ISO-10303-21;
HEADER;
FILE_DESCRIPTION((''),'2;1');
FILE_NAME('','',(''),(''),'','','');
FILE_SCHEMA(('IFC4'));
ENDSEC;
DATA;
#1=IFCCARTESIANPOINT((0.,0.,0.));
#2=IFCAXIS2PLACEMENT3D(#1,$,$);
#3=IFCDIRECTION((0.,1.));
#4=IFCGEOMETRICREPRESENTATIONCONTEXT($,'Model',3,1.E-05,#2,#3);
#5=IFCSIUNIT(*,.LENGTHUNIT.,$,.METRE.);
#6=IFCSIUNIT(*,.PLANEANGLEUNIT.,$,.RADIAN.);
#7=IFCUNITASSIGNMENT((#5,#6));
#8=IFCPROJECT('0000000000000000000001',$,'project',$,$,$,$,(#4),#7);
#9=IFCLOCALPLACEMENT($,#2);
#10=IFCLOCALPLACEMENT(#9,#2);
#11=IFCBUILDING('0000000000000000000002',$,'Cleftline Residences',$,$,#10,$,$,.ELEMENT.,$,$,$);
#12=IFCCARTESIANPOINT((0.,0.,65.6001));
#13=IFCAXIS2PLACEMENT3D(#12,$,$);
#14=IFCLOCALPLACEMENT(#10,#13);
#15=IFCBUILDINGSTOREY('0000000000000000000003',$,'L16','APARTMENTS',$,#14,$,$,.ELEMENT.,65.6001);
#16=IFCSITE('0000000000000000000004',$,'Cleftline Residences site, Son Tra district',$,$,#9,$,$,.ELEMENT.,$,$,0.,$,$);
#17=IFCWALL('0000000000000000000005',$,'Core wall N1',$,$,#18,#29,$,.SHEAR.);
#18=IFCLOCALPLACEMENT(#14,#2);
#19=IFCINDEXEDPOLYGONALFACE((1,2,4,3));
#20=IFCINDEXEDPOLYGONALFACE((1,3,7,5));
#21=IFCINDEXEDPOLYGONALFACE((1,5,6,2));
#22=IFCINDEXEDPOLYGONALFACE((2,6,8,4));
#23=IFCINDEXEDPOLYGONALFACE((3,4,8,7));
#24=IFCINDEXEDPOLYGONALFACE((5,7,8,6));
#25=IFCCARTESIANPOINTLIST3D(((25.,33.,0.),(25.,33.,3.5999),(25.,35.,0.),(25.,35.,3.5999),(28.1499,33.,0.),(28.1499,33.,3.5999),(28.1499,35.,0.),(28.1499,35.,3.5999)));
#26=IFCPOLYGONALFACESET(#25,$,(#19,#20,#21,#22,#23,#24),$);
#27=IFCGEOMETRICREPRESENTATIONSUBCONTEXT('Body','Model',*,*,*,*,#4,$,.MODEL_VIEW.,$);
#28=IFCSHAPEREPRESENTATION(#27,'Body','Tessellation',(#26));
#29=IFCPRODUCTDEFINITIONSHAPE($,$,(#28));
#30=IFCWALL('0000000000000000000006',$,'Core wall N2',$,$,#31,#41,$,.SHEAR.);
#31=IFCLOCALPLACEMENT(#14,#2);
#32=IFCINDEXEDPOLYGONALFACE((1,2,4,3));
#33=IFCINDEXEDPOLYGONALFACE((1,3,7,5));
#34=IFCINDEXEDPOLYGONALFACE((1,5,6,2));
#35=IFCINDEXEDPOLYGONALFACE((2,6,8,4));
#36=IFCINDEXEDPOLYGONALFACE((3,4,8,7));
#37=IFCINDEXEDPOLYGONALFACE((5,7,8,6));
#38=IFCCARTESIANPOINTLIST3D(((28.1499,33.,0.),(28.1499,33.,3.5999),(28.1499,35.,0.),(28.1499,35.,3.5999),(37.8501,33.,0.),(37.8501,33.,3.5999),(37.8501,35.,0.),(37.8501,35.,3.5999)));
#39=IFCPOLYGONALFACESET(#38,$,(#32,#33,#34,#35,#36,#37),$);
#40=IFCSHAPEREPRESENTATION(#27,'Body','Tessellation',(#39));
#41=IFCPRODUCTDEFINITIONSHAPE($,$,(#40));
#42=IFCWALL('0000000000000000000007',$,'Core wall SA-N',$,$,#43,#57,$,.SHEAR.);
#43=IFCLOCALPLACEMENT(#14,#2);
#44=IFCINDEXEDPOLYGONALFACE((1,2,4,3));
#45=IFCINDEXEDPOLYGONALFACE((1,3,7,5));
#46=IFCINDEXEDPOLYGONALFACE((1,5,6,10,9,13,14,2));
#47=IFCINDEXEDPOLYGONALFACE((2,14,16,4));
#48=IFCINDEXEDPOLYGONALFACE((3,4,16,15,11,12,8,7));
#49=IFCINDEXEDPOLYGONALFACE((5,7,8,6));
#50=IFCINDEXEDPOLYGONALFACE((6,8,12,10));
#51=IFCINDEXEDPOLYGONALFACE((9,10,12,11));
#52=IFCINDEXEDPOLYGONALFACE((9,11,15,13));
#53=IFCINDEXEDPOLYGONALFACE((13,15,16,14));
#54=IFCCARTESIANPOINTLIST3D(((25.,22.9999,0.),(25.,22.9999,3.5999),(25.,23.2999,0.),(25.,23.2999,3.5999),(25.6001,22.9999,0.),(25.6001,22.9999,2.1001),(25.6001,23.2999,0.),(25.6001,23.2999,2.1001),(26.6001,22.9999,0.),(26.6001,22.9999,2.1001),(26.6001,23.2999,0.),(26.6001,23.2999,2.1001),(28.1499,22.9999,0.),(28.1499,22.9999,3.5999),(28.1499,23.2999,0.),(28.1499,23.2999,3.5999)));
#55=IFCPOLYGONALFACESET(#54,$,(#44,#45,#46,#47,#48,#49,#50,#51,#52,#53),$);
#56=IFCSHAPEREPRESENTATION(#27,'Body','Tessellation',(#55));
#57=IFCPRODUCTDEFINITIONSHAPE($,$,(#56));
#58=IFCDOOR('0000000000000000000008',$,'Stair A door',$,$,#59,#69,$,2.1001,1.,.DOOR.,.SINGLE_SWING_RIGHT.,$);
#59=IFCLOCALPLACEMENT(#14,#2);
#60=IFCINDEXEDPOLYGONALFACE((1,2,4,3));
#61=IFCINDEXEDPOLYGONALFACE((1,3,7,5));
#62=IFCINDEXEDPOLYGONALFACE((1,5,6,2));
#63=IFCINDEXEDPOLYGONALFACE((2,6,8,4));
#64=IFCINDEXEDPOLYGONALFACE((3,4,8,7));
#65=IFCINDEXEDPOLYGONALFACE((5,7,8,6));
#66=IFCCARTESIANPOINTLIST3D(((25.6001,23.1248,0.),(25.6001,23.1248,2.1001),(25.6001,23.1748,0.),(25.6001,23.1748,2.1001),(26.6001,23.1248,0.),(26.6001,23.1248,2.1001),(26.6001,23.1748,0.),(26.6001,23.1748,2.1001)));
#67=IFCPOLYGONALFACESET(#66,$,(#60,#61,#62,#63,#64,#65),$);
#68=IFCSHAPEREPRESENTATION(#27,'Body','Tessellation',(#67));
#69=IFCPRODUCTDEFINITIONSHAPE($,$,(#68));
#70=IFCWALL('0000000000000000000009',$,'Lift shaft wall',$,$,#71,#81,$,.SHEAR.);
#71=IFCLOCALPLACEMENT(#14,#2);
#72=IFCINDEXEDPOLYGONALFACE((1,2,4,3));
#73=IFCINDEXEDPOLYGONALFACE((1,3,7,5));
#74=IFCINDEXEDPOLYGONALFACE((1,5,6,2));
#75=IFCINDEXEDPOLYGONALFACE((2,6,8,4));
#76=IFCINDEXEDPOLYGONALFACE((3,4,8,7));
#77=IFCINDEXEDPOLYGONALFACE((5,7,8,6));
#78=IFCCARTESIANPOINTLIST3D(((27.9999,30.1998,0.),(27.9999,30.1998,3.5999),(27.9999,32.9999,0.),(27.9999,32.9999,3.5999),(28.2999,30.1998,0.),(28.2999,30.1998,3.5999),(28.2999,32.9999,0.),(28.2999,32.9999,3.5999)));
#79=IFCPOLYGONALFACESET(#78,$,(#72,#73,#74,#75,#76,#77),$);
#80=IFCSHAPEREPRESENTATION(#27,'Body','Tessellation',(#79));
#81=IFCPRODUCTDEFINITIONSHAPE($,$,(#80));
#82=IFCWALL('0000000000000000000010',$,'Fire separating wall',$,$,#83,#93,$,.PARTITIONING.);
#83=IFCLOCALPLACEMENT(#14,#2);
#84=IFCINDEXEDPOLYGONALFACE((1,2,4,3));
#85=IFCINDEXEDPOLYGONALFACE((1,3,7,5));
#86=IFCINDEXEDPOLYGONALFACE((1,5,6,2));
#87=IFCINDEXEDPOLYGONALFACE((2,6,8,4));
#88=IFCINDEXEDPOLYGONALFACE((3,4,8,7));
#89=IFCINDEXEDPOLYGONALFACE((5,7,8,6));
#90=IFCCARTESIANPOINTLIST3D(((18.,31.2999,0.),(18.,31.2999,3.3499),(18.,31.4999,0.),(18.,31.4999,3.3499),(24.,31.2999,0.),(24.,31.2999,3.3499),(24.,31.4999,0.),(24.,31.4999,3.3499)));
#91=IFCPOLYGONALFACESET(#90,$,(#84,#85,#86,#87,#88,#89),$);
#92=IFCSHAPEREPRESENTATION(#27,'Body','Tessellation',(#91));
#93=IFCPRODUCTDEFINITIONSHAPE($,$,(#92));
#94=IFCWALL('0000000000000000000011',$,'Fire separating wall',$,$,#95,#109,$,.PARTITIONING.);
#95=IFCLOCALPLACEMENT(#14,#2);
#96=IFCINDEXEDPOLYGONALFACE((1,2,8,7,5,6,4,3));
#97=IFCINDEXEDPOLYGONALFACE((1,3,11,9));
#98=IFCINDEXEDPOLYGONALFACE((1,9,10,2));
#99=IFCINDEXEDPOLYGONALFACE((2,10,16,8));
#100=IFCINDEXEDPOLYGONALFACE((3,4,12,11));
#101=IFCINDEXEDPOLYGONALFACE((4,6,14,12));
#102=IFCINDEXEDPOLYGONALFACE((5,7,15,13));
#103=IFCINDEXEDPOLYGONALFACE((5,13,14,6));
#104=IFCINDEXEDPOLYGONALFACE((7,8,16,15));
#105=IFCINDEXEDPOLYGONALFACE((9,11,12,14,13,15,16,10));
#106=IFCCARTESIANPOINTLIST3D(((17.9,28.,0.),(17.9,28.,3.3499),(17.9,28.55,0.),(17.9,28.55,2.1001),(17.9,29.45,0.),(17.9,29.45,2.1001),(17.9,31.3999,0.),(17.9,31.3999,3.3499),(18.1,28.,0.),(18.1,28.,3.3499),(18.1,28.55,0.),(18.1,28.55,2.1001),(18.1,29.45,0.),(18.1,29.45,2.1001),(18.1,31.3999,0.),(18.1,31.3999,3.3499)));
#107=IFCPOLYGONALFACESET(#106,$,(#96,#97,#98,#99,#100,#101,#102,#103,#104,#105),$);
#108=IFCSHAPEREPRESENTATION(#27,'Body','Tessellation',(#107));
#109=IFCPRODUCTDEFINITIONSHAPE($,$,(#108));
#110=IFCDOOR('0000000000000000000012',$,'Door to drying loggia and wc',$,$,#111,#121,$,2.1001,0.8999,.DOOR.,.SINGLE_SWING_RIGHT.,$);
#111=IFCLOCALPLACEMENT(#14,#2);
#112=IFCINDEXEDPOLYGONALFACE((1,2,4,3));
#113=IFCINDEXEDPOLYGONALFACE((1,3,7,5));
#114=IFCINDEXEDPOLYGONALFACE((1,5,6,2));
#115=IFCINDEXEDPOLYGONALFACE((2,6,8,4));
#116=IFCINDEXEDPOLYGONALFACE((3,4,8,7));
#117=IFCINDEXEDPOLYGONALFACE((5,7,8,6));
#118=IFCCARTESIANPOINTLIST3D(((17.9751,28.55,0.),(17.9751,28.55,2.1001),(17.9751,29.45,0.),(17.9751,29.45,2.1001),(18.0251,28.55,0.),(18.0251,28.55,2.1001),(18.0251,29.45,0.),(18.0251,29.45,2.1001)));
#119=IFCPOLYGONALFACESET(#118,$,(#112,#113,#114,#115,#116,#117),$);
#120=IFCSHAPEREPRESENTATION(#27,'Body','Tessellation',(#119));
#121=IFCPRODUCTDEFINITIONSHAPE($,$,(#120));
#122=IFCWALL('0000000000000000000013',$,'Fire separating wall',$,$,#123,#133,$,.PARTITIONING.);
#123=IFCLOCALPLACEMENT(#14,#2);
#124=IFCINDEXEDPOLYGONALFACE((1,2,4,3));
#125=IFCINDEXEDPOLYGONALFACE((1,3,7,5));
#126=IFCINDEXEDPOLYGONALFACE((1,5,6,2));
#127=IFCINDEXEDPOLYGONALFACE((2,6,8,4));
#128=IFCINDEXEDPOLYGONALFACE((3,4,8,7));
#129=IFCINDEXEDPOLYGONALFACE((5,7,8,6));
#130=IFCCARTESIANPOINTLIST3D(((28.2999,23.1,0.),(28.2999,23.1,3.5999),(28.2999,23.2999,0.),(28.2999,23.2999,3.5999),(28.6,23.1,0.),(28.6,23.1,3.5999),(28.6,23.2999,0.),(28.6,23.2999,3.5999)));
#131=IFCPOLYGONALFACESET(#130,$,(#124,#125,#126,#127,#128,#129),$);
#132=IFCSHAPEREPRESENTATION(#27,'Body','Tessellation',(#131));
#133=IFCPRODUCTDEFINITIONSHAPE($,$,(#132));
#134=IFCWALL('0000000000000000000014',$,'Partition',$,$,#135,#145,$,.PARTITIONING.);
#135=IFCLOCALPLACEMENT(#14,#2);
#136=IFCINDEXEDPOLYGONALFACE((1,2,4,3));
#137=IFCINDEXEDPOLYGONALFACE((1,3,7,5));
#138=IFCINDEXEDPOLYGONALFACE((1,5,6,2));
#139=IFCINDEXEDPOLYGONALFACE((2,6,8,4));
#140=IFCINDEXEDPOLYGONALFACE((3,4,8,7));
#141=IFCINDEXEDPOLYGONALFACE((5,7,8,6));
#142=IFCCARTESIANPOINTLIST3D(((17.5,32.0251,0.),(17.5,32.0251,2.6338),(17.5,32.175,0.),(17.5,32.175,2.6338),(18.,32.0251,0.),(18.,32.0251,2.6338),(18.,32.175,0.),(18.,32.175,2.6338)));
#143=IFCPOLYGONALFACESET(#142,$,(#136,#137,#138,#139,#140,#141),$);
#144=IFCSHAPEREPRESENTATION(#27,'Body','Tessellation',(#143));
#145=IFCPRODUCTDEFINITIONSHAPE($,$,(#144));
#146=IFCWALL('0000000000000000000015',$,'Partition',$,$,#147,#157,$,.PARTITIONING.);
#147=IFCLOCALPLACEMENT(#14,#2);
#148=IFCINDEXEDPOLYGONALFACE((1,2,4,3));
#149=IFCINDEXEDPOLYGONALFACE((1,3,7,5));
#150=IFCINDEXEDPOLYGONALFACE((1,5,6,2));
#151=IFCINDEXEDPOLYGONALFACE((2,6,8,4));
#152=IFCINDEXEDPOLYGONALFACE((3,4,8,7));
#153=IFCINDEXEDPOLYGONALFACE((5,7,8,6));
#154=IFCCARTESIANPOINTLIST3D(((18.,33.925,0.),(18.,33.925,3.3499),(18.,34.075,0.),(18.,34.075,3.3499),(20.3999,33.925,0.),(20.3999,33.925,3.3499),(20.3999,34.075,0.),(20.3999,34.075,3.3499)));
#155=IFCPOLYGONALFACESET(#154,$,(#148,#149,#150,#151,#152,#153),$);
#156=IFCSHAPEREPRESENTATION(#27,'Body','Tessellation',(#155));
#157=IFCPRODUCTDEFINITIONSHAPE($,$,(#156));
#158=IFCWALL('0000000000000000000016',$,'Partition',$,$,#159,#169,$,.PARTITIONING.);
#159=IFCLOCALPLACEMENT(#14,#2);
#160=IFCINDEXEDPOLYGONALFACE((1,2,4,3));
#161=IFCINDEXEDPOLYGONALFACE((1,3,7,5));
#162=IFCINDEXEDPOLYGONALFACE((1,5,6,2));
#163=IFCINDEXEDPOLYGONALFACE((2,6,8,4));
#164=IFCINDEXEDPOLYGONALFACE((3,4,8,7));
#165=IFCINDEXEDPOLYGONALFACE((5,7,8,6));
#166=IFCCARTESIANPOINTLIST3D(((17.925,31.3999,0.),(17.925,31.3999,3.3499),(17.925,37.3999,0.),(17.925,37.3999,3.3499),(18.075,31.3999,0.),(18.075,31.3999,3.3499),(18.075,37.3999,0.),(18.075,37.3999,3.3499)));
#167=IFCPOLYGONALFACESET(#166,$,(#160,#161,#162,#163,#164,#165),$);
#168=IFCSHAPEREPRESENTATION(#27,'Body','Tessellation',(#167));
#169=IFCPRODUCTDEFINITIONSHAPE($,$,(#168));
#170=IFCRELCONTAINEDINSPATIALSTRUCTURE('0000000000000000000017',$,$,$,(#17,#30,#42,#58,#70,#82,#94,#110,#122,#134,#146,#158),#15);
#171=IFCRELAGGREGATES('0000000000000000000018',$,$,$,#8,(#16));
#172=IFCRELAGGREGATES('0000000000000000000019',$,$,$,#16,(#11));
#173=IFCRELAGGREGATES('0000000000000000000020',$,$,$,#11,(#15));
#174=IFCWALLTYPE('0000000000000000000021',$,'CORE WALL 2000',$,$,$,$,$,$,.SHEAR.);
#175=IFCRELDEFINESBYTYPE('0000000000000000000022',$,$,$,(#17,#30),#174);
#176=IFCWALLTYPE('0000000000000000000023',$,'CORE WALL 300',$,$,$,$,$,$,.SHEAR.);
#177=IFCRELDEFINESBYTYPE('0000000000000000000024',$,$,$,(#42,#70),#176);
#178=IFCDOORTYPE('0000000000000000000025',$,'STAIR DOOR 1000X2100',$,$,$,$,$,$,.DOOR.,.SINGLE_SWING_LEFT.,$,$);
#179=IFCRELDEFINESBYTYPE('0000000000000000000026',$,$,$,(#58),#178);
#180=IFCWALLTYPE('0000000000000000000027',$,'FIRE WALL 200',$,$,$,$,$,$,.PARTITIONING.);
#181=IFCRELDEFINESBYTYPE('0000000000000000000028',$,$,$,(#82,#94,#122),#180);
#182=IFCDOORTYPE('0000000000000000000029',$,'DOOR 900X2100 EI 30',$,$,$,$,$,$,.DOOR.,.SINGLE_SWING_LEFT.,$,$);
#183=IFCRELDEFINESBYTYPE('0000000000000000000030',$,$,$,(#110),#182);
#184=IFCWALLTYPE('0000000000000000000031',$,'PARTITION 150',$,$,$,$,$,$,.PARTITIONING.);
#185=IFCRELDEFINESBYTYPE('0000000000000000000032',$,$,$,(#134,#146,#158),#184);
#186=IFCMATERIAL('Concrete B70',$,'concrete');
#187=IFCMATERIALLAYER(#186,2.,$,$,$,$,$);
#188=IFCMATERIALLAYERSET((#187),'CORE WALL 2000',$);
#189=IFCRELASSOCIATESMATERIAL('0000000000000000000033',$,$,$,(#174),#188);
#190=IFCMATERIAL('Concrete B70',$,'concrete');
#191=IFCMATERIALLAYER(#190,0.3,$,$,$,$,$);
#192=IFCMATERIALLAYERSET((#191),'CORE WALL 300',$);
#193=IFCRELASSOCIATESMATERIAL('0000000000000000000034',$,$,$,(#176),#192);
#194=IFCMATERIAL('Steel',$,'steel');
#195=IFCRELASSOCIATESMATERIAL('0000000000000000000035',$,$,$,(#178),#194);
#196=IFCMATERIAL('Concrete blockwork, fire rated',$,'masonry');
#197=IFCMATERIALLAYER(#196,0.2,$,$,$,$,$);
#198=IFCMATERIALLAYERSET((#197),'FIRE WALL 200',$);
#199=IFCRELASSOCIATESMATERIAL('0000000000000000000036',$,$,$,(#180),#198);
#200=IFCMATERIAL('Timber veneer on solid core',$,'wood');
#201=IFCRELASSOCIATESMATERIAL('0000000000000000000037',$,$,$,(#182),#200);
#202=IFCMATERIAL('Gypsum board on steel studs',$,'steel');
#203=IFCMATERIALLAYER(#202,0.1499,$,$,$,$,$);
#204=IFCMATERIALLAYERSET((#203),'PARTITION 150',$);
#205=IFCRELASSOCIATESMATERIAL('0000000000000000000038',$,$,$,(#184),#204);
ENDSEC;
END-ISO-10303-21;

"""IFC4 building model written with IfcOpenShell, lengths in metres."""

from ifc_helpers import new_model, si_unit, direction, frame, frame_2d, origin, place, context, subcontext, project, spatial, rectangle, extrude, material, layer, layer_set, type_object, element, fill, save


model = new_model("IFC4")

# Units and contexts
model_context = context("Model", 3, precision=1e-05, world=origin(), true_north=direction((0.0, 1.0)))
body_context = subcontext(model_context, "Body", "Model", "MODEL_VIEW")
ifc_project = project(units=[si_unit("LENGTHUNIT", "METRE"), si_unit("PLANEANGLEUNIT", "RADIAN")], contexts=[model_context])

# Site, building, storey
site_placement = place(None, origin())
site = spatial("IfcSite", under=ifc_project, at=site_placement, Name="Cleftline Residences site, Son Tra district", CompositionType="ELEMENT", RefElevation=0.0)
building_placement = place(site_placement, origin())
building = spatial("IfcBuilding", under=site, at=building_placement, Name="Cleftline Residences", CompositionType="ELEMENT")
storey_placement = place(building_placement, frame((0.0, 0.0, 65.6001)))
storey = spatial("IfcBuildingStorey", under=building, at=storey_placement, Name="L16", Description="APARTMENTS", CompositionType="ELEMENT", Elevation=65.6001)

# Walls
ifc_material_1 = material(Name="Concrete B70", Category="concrete")
ifc_layer_1 = layer(ifc_material_1, 2.0)
ifc_layer_set_1 = layer_set([ifc_layer_1], Name="CORE WALL 2000")
wall_type_1 = type_object("IfcWallType", Name="CORE WALL 2000", PredefinedType="SHEAR", material=ifc_layer_set_1)
wall_1_placement = place(storey_placement, frame((25.0, 34.0, 0.0), z_axis=(0.0, 0.0, 1.0), x_axis=(1.0, 0.0, 0.0)))
element("IfcWall", 1, at=wall_1_placement, inside=storey, type_object=wall_type_1, Name="Core wall N1", PredefinedType="SHEAR", context=body_context, shape_type="SweptSolid", body=[
    extrude(rectangle(XDim=3.1499, YDim=2.0, at=frame_2d((1.575, 0.0))), origin(), (0.0, 0.0, 1.0), 3.5999),
])
wall_2_placement = place(storey_placement, frame((28.1499, 34.0, 0.0), z_axis=(0.0, 0.0, 1.0), x_axis=(1.0, 0.0, 0.0)))
element("IfcWall", 2, at=wall_2_placement, inside=storey, type_object=wall_type_1, Name="Core wall N2", PredefinedType="SHEAR", context=body_context, shape_type="SweptSolid", body=[
    extrude(rectangle(XDim=9.7002, YDim=2.0, at=frame_2d((4.8501, 0.0))), origin(), (0.0, 0.0, 1.0), 3.5999),
])

# Wall, opening, door
ifc_material_2 = material(Name="Concrete B70", Category="concrete")
ifc_layer_2 = layer(ifc_material_2, 0.3)
ifc_layer_set_2 = layer_set([ifc_layer_2], Name="CORE WALL 300")
wall_type_2 = type_object("IfcWallType", Name="CORE WALL 300", PredefinedType="SHEAR", material=ifc_layer_set_2)
wall_3_placement = place(storey_placement, frame((25.0, 23.1499, 0.0), z_axis=(0.0, 0.0, 1.0), x_axis=(1.0, 0.0, 0.0)))
wall_3 = element("IfcWall", 3, at=wall_3_placement, inside=storey, type_object=wall_type_2, Name="Core wall SA-N", PredefinedType="SHEAR", context=body_context, shape_type="SweptSolid", body=[
    extrude(rectangle(XDim=3.1499, YDim=0.3, at=frame_2d((1.575, 0.0))), origin(), (0.0, 0.0, 1.0), 3.5999),
])
opening_1_placement = place(wall_3_placement, frame((0.6001, 0.0, 0.0)))
opening_1 = element("IfcOpeningElement", 4, at=opening_1_placement, cuts=wall_3, PredefinedType="OPENING", context=body_context, shape_type="SweptSolid", body=[
    extrude(rectangle(XDim=1.0, YDim=2.1001, at=frame_2d((0.5, 1.05))), frame((0.0, 0.1599, 0.0), z_axis=(0.0, -1.0, 0.0), x_axis=(1.0, 0.0, 0.0)), (0.0, 0.0, 1.0), 0.3201),
])
ifc_material_3 = material(Name="Steel", Category="steel")
door_type_1 = type_object("IfcDoorType", Name="STAIR DOOR 1000X2100", OperationType="SINGLE_SWING_LEFT", PredefinedType="DOOR", material=ifc_material_3)
door_1_placement = place(opening_1_placement, origin())
door_1 = element("IfcDoor", 5, at=door_1_placement, inside=storey, type_object=door_type_1, Name="Stair A door", OperationType="SINGLE_SWING_RIGHT", OverallHeight=2.1001, OverallWidth=1.0, PredefinedType="DOOR", context=body_context, shape_type="SweptSolid", body=[
    extrude(rectangle(XDim=1.0, YDim=2.1001, at=frame_2d((0.5, 1.05))), frame((0.0, 0.0249, 0.0), z_axis=(0.0, -1.0, 0.0), x_axis=(1.0, 0.0, 0.0)), (0.0, 0.0, 1.0), 0.05),
])
fill(opening_1, door_1)

# Walls
wall_4_placement = place(storey_placement, frame((28.1499, 30.2, 0.0), z_axis=(0.0, 0.0, 1.0), x_axis=(0.0, 1.0, 0.0)))
element("IfcWall", 6, at=wall_4_placement, inside=storey, type_object=wall_type_2, Name="Lift shaft wall", PredefinedType="SHEAR", context=body_context, shape_type="SweptSolid", body=[
    extrude(rectangle(XDim=2.8, YDim=0.3, at=frame_2d((1.3999, 0.0))), origin(), (0.0, 0.0, 1.0), 3.5999),
])
ifc_material_4 = material(Name="Concrete blockwork, fire rated", Category="masonry")
ifc_layer_3 = layer(ifc_material_4, 0.2)
ifc_layer_set_3 = layer_set([ifc_layer_3], Name="FIRE WALL 200")
wall_type_3 = type_object("IfcWallType", Name="FIRE WALL 200", PredefinedType="PARTITIONING", material=ifc_layer_set_3)
wall_5_placement = place(storey_placement, frame((18.0, 31.3999, 0.0), z_axis=(0.0, 0.0, 1.0), x_axis=(1.0, 0.0, 0.0)))
element("IfcWall", 7, at=wall_5_placement, inside=storey, type_object=wall_type_3, Name="Fire separating wall", PredefinedType="PARTITIONING", context=body_context, shape_type="SweptSolid", body=[
    extrude(rectangle(XDim=6.0, YDim=0.2, at=frame_2d((3.0, 0.0))), origin(), (0.0, 0.0, 1.0), 3.3499),
])

# Wall, opening, door
wall_6_placement = place(storey_placement, frame((18.0, 28.0, 0.0), z_axis=(0.0, 0.0, 1.0), x_axis=(0.0, 1.0, 0.0)))
wall_6 = element("IfcWall", 8, at=wall_6_placement, inside=storey, type_object=wall_type_3, Name="Fire separating wall", PredefinedType="PARTITIONING", context=body_context, shape_type="SweptSolid", body=[
    extrude(rectangle(XDim=3.3999, YDim=0.2, at=frame_2d((1.7, 0.0))), origin(), (0.0, 0.0, 1.0), 3.3499),
])
opening_2_placement = place(wall_6_placement, frame((0.55, 0.0, 0.0)))
opening_2 = element("IfcOpeningElement", 9, at=opening_2_placement, cuts=wall_6, PredefinedType="OPENING", context=body_context, shape_type="SweptSolid", body=[
    extrude(rectangle(XDim=0.8999, YDim=2.1001, at=frame_2d((0.45, 1.05))), frame((0.0, 0.1099, 0.0), z_axis=(0.0, -1.0, 0.0), x_axis=(1.0, 0.0, 0.0)), (0.0, 0.0, 1.0), 0.22),
])
ifc_material_5 = material(Name="Timber veneer on solid core", Category="wood")
door_type_2 = type_object("IfcDoorType", Name="DOOR 900X2100 EI 30", OperationType="SINGLE_SWING_LEFT", PredefinedType="DOOR", material=ifc_material_5)
door_2_placement = place(opening_2_placement, origin())
door_2 = element("IfcDoor", 10, at=door_2_placement, inside=storey, type_object=door_type_2, Name="Door to drying loggia and wc", OperationType="SINGLE_SWING_RIGHT", OverallHeight=2.1001, OverallWidth=0.8999, PredefinedType="DOOR", context=body_context, shape_type="SweptSolid", body=[
    extrude(rectangle(XDim=0.8999, YDim=2.1001, at=frame_2d((0.45, 1.05))), frame((0.0, 0.0249, 0.0), z_axis=(0.0, -1.0, 0.0), x_axis=(1.0, 0.0, 0.0)), (0.0, 0.0, 1.0), 0.05),
])
fill(opening_2, door_2)

# Walls
wall_7_placement = place(storey_placement, frame((28.3, 23.2, 0.0), z_axis=(0.0, 0.0, 1.0), x_axis=(1.0, 0.0, 0.0)))
element("IfcWall", 11, at=wall_7_placement, inside=storey, type_object=wall_type_3, Name="Fire separating wall", PredefinedType="PARTITIONING", context=body_context, shape_type="SweptSolid", body=[
    extrude(rectangle(XDim=0.3, YDim=0.2, at=frame_2d((0.1499, 0.0))), origin(), (0.0, 0.0, 1.0), 3.5999),
])
ifc_material_6 = material(Name="Gypsum board on steel studs", Category="steel")
ifc_layer_4 = layer(ifc_material_6, 0.1499)
ifc_layer_set_4 = layer_set([ifc_layer_4], Name="PARTITION 150")
wall_type_4 = type_object("IfcWallType", Name="PARTITION 150", PredefinedType="PARTITIONING", material=ifc_layer_set_4)
wall_8_placement = place(storey_placement, frame((17.5, 32.1001, 0.0), z_axis=(0.0, 0.0, 1.0), x_axis=(1.0, 0.0, 0.0)))
element("IfcWall", 12, at=wall_8_placement, inside=storey, type_object=wall_type_4, Name="Partition", PredefinedType="PARTITIONING", context=body_context, shape_type="SweptSolid", body=[
    extrude(rectangle(XDim=0.5, YDim=0.1499, at=frame_2d((0.25, 0.0))), origin(), (0.0, 0.0, 1.0), 2.6338),
])
wall_9_placement = place(storey_placement, frame((18.0, 34.0, 0.0), z_axis=(0.0, 0.0, 1.0), x_axis=(1.0, 0.0, 0.0)))
element("IfcWall", 13, at=wall_9_placement, inside=storey, type_object=wall_type_4, Name="Partition", PredefinedType="PARTITIONING", context=body_context, shape_type="SweptSolid", body=[
    extrude(rectangle(XDim=2.3999, YDim=0.1499, at=frame_2d((1.2, 0.0))), origin(), (0.0, 0.0, 1.0), 3.3499),
])
wall_10_placement = place(storey_placement, frame((18.0, 31.3999, 0.0), z_axis=(0.0, 0.0, 1.0), x_axis=(0.0, 1.0, 0.0)))
element("IfcWall", 14, at=wall_10_placement, inside=storey, type_object=wall_type_4, Name="Partition", PredefinedType="PARTITIONING", context=body_context, shape_type="SweptSolid", body=[
    extrude(rectangle(XDim=6.0, YDim=0.1499, at=frame_2d((3.0, 0.0))), origin(), (0.0, 0.0, 1.0), 3.3499),
])

save(model, "model.ifc")
